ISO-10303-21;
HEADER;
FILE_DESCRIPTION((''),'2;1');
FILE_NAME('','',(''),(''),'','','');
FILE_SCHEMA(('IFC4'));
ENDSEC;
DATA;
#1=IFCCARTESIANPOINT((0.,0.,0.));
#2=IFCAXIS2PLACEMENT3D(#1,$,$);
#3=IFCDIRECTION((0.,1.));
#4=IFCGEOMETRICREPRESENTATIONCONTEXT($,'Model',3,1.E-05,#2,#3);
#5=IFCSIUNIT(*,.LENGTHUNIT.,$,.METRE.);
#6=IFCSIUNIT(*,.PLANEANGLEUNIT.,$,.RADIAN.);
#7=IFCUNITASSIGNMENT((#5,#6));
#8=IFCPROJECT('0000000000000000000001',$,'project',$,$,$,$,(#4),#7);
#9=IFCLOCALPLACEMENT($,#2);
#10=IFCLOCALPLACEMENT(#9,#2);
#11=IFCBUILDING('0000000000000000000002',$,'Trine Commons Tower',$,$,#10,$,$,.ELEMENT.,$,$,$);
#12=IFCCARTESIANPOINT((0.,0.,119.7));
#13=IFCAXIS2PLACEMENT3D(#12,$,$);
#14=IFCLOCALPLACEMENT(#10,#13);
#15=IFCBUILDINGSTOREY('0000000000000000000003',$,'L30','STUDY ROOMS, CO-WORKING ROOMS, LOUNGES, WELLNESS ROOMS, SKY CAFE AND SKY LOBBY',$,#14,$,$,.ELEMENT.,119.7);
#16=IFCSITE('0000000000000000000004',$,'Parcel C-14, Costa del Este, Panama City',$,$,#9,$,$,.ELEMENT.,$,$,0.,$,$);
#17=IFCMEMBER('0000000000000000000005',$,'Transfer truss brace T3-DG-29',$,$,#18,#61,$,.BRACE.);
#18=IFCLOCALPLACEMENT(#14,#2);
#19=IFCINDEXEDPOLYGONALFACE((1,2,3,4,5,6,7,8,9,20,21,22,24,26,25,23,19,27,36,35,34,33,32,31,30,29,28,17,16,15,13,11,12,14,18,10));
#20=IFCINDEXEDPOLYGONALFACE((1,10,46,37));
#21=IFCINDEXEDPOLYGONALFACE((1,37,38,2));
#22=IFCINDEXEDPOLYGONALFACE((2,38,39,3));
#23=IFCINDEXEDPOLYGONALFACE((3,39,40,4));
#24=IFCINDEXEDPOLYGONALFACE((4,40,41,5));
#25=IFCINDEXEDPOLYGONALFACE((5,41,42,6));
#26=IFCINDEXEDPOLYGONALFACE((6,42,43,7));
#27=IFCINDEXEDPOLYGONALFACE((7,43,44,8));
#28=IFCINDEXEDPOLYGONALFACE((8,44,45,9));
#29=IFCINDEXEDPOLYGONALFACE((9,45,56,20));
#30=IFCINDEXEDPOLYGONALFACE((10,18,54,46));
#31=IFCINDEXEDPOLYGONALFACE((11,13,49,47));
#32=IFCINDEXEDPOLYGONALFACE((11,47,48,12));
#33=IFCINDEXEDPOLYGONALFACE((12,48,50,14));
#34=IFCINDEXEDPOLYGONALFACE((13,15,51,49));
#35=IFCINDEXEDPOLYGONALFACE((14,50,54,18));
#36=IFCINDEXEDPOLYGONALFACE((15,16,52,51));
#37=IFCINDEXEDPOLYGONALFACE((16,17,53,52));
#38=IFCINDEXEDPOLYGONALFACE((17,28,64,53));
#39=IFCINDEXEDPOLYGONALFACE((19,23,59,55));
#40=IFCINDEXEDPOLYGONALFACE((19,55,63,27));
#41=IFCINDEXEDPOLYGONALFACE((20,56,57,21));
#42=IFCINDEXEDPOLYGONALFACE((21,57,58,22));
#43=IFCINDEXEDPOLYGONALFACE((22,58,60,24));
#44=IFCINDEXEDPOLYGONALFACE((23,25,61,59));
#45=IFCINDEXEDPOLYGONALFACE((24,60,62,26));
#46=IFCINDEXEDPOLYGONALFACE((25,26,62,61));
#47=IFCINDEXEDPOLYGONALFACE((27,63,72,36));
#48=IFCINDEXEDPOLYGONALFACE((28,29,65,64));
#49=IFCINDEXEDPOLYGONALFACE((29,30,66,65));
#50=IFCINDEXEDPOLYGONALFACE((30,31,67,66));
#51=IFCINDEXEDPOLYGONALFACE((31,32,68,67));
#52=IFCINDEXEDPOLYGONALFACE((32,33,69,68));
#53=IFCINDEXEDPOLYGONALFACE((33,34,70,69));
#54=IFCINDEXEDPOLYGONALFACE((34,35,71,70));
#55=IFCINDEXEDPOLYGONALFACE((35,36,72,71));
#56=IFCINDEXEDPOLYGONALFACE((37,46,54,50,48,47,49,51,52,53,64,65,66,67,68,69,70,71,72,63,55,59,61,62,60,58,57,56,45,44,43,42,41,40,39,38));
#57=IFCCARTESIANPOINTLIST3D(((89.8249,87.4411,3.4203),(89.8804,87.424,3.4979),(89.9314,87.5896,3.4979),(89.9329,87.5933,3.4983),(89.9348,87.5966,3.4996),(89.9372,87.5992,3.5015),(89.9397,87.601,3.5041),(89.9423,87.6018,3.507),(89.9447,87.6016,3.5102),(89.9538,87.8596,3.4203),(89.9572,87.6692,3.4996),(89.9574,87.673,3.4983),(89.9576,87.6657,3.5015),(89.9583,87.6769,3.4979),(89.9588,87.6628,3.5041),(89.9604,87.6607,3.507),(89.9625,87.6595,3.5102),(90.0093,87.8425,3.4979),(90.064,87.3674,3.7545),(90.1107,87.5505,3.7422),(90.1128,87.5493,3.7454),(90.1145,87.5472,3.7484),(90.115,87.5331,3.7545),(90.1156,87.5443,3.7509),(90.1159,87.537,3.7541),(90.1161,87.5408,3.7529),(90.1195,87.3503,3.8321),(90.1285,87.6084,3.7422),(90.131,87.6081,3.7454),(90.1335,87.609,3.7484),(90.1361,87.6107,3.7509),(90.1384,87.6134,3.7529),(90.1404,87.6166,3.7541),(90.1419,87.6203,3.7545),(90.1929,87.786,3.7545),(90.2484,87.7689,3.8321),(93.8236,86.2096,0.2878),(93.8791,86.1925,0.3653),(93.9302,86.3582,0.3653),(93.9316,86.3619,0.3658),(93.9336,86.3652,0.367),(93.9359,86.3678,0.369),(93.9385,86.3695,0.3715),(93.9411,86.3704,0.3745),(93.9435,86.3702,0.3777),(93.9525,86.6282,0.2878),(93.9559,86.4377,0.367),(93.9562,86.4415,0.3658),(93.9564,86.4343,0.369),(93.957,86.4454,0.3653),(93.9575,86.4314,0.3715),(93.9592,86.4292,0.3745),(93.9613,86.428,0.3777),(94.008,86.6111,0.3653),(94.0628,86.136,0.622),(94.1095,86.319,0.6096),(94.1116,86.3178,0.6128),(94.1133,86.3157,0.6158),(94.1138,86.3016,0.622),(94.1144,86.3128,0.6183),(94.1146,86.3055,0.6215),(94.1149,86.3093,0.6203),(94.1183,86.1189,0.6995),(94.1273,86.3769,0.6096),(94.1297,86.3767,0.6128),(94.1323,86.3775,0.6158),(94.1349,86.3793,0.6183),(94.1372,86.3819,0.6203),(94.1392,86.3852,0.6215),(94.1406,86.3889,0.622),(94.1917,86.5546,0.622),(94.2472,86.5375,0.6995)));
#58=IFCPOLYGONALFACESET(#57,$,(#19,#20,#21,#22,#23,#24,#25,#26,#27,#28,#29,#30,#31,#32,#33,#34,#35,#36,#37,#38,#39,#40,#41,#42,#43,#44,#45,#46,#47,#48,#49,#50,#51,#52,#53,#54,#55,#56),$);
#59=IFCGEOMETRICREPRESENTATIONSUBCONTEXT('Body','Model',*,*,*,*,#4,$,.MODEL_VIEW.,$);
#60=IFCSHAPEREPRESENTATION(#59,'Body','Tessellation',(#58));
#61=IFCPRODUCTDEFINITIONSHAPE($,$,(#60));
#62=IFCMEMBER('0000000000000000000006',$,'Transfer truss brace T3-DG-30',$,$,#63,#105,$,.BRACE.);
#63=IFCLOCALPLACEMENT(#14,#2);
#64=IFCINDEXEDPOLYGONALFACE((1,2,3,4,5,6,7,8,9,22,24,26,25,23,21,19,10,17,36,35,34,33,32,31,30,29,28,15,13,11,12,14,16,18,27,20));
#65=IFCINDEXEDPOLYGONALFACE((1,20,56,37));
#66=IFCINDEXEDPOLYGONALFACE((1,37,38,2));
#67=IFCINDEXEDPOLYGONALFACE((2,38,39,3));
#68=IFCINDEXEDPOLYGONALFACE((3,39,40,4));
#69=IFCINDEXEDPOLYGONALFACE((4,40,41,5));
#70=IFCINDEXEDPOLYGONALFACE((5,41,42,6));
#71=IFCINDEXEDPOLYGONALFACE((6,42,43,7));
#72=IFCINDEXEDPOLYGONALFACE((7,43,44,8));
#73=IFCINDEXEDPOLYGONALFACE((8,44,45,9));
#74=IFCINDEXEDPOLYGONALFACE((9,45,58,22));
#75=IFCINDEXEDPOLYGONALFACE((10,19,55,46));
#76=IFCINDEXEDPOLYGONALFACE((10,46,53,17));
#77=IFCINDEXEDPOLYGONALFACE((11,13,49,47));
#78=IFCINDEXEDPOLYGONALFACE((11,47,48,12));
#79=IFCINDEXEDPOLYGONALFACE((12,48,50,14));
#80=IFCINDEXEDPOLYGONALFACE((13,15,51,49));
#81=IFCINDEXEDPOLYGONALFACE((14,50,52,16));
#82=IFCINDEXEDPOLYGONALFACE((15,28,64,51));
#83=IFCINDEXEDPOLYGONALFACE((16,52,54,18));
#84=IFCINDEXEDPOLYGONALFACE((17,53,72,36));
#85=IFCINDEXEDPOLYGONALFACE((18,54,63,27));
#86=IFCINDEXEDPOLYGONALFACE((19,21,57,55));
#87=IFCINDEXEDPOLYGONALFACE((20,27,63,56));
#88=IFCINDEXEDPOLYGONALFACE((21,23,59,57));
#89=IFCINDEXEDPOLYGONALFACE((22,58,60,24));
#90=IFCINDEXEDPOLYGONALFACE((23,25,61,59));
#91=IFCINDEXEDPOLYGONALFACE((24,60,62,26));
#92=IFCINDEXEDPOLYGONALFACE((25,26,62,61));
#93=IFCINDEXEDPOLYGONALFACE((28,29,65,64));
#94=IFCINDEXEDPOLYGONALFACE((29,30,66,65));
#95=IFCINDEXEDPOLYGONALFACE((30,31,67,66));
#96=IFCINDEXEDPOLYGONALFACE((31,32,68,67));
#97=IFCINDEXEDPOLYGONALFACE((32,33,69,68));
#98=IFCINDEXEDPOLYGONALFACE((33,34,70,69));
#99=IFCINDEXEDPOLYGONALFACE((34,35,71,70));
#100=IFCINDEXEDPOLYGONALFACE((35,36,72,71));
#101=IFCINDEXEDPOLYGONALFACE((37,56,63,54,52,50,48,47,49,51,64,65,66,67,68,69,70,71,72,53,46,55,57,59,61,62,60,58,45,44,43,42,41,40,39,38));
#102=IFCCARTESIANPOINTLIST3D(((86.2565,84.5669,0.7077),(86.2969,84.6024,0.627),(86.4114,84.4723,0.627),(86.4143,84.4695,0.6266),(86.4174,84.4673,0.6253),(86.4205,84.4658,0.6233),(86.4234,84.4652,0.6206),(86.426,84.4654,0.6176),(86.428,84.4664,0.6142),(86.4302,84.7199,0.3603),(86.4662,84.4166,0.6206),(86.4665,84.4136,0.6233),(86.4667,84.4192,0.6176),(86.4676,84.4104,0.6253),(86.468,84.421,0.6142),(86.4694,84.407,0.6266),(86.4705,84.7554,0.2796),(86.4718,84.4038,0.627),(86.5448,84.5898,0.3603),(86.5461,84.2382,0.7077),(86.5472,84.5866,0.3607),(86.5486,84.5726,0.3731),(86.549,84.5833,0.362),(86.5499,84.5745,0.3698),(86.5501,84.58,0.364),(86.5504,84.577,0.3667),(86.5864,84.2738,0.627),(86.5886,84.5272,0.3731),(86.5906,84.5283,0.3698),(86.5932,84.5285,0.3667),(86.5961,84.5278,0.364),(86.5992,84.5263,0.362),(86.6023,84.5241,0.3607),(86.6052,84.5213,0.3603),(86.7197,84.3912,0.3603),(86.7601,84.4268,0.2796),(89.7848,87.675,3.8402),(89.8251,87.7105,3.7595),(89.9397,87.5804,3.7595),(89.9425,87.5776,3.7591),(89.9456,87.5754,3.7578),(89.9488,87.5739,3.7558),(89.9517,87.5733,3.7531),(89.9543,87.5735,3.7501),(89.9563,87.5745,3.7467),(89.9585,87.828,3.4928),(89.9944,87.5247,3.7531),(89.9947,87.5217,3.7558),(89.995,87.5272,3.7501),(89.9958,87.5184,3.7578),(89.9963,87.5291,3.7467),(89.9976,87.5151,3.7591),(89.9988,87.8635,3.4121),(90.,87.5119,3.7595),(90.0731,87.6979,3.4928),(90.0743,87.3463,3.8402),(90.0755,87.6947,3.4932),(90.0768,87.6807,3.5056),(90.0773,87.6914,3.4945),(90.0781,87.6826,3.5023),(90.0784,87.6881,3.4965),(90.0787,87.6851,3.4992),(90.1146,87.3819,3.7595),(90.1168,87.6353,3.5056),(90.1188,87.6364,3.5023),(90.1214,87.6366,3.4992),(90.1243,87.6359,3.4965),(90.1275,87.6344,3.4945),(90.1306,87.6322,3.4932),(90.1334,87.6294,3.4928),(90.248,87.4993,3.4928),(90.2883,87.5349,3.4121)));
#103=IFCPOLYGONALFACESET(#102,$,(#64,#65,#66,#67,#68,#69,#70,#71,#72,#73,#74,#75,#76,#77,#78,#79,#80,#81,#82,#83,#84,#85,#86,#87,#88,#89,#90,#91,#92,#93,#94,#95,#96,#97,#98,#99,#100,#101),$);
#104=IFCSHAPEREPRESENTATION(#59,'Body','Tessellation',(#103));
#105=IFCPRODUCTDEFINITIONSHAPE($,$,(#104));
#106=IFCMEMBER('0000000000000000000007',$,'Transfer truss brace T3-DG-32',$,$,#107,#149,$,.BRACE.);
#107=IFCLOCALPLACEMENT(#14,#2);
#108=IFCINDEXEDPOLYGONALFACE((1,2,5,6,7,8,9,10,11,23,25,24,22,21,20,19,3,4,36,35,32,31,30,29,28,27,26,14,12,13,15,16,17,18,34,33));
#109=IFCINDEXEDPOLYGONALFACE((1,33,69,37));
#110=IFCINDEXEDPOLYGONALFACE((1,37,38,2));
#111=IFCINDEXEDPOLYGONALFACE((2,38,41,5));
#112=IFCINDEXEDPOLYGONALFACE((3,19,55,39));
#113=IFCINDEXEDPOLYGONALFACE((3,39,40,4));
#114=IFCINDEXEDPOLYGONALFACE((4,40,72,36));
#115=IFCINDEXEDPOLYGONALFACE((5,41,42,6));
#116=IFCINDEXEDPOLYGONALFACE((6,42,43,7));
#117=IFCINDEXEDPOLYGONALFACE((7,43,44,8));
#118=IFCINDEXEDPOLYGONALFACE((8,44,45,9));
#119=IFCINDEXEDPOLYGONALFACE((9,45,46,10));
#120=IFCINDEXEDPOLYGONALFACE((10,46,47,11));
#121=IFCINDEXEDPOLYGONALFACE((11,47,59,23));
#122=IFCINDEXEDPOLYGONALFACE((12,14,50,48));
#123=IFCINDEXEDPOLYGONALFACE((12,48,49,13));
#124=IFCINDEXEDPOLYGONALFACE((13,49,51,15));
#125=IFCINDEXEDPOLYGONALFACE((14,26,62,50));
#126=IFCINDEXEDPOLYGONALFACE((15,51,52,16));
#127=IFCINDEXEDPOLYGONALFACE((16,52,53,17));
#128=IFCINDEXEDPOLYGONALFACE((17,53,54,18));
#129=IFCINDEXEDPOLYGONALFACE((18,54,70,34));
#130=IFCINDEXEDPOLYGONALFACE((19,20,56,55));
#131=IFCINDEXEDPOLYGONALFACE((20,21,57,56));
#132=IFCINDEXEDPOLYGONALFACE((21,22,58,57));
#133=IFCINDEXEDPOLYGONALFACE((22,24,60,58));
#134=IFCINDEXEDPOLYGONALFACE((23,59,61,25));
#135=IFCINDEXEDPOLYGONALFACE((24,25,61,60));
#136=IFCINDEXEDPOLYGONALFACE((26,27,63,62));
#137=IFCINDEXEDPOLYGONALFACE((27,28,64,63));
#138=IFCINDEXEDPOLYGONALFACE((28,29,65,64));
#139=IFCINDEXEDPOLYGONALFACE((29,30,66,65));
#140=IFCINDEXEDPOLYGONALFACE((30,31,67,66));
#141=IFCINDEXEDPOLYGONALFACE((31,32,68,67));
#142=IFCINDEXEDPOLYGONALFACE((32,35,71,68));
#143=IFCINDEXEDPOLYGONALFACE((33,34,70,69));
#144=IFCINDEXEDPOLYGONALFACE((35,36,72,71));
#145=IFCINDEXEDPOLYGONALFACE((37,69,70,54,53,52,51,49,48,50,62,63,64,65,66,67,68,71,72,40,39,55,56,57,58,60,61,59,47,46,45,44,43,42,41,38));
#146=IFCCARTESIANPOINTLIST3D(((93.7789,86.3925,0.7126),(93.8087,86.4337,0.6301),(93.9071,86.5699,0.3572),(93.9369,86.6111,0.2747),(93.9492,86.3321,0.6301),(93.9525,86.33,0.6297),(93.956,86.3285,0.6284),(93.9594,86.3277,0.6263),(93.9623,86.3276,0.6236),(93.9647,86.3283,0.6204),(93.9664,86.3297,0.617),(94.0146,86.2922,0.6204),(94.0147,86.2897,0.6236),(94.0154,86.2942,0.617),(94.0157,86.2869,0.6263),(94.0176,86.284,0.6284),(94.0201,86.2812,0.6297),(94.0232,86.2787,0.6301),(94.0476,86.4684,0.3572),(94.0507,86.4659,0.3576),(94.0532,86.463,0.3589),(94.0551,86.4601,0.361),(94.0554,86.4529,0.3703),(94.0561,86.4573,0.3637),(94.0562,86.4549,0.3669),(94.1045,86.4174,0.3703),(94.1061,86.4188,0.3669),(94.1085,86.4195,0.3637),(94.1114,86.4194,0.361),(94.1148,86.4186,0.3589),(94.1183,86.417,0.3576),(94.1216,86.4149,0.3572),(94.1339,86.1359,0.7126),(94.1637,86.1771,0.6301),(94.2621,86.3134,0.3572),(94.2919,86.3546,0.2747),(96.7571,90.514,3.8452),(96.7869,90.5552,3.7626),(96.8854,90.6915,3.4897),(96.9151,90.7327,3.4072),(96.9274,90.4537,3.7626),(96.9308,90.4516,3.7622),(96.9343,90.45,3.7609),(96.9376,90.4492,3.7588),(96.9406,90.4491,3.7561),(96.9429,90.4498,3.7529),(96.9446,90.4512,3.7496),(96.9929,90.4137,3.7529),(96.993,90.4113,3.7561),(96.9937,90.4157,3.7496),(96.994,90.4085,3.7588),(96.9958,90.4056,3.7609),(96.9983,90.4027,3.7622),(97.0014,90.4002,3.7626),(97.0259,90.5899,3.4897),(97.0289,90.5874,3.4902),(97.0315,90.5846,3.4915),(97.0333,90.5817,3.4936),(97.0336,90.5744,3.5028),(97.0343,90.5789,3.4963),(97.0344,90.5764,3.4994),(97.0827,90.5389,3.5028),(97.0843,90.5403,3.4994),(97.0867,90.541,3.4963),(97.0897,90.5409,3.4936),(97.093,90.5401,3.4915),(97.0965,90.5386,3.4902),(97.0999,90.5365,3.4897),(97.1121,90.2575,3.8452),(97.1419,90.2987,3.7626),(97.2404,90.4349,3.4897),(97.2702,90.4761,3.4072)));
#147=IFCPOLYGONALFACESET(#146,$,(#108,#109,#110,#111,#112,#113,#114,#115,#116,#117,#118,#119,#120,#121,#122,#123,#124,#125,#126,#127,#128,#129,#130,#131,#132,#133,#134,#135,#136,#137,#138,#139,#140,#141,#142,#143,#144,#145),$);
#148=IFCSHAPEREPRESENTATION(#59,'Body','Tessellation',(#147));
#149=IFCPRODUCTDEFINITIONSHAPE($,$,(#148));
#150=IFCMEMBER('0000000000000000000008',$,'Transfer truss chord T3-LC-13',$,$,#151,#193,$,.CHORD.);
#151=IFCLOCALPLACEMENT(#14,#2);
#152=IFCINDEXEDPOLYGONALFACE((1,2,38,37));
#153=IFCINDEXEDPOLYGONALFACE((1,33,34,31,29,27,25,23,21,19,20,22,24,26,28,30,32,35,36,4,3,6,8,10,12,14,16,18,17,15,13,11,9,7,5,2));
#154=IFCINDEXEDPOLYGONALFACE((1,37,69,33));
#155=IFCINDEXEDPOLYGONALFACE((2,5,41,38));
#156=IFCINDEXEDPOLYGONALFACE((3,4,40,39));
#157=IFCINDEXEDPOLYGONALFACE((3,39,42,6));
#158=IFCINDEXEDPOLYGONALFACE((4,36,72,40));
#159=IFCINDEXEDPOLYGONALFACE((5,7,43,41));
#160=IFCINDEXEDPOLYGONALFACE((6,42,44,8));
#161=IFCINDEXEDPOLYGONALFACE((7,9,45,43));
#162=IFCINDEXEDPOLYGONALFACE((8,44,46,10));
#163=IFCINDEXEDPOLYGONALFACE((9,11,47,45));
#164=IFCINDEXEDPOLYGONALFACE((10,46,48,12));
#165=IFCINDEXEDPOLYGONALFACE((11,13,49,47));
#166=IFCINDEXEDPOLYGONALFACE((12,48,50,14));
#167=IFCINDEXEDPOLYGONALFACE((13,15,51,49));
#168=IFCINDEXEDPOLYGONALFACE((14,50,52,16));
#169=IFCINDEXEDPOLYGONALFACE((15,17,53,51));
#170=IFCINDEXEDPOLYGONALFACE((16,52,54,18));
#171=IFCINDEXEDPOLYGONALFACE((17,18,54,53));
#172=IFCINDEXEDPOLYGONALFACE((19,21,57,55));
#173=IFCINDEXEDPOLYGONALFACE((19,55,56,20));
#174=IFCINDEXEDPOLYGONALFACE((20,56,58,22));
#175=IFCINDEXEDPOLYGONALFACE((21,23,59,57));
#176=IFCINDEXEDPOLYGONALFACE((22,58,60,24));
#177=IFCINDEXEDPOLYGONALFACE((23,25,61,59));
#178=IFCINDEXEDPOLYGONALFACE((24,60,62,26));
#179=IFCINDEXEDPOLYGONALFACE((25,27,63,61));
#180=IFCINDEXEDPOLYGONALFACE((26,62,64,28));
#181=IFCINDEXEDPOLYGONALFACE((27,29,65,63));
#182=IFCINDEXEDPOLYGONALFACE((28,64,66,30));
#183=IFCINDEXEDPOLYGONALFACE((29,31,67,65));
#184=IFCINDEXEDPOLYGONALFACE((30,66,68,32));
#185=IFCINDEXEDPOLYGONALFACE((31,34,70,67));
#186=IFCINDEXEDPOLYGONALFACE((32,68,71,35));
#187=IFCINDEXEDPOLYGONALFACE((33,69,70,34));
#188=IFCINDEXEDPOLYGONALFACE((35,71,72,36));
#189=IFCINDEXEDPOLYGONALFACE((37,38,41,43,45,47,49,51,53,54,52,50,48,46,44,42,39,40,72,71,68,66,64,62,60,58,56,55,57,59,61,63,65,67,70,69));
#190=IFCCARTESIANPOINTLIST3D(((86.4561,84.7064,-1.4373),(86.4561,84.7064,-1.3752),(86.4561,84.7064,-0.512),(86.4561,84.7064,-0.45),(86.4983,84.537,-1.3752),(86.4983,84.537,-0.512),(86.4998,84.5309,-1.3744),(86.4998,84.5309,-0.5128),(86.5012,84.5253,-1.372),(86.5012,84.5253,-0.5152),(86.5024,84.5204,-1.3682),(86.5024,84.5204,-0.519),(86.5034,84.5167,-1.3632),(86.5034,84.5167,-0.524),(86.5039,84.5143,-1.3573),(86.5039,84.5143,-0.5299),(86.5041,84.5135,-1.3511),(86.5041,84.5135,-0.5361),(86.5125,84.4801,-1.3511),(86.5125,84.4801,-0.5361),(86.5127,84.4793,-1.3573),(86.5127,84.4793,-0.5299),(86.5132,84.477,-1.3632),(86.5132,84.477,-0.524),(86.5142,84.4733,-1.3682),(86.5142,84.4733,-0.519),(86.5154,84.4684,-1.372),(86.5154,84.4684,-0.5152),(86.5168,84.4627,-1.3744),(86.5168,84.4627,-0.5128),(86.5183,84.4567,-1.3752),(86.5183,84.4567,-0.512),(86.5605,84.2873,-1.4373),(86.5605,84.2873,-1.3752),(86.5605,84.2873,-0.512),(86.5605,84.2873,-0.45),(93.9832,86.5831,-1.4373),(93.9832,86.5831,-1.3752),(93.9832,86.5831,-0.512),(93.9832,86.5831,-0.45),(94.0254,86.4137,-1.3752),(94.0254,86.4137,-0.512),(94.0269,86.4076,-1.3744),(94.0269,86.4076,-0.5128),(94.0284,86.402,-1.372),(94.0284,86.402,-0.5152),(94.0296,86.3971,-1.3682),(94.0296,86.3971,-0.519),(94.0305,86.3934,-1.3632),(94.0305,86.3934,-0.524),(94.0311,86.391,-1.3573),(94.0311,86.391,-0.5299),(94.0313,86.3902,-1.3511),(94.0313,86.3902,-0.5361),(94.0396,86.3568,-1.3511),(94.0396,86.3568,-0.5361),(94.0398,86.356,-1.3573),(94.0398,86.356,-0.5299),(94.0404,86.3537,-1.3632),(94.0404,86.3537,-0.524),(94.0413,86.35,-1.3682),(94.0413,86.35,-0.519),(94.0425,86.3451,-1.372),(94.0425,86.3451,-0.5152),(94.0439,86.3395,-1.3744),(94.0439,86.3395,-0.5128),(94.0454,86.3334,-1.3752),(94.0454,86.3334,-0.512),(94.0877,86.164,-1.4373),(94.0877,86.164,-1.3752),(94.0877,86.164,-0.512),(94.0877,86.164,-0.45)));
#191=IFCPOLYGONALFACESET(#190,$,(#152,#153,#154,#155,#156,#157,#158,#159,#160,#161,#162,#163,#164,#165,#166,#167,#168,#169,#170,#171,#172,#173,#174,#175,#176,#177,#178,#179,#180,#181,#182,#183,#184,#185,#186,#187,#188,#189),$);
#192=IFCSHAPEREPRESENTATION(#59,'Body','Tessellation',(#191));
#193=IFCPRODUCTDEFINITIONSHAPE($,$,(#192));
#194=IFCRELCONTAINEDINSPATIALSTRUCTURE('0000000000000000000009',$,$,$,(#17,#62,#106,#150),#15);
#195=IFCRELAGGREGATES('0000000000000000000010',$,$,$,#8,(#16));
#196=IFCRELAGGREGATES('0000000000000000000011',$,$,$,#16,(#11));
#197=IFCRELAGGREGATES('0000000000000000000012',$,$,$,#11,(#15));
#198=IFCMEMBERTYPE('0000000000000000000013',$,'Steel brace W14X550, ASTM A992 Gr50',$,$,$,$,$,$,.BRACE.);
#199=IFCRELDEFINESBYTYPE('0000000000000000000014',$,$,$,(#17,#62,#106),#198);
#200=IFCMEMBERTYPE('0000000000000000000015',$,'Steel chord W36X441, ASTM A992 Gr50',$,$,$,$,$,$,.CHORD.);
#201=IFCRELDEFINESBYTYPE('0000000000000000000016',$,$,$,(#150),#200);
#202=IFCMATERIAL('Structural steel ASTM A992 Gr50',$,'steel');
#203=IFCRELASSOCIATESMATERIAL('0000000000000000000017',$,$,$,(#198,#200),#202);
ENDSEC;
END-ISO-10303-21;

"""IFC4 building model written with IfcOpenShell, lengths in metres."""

from ifc_helpers import new_model, si_unit, direction, frame, origin, origin_2d, place, context, subcontext, project, spatial, i_section, extrude, material, material_profile, profile_set, type_object, element, save


model = new_model("IFC4")

# Units and contexts
model_context = context("Model", 3, precision=1e-05, world=origin(), true_north=direction((0.0, 1.0)))
body_context = subcontext(model_context, "Body", "Model", "MODEL_VIEW")
ifc_project = project(units=[si_unit("LENGTHUNIT", "METRE"), si_unit("PLANEANGLEUNIT", "RADIAN")], contexts=[model_context])

# Site, building, storey
site_placement = place(None, origin())
site = spatial("IfcSite", under=ifc_project, at=site_placement, Name="Parcel C-14, Costa del Este, Panama City", CompositionType="ELEMENT", RefElevation=0.0)
building_placement = place(site_placement, origin())
building = spatial("IfcBuilding", under=site, at=building_placement, Name="Trine Commons Tower", CompositionType="ELEMENT")
storey_placement = place(building_placement, frame((0.0, 0.0, 119.7)))
storey = spatial("IfcBuildingStorey", under=building, at=storey_placement, Name="L30", Description="STUDY ROOMS, CO-WORKING ROOMS, LOUNGES, WELLNESS ROOMS, SKY CAFE AND SKY LOBBY", CompositionType="ELEMENT", Elevation=119.7)

# Shared definitions
ifc_material_1 = material(Name="Structural steel ASTM A992 Gr50", Category="steel")

# Members
ifc_material_profile_1 = material_profile(ifc_material_1, i_section(OverallWidth=0.438, OverallDepth=0.5144, WebThickness=0.0605, FlangeThickness=0.0969, FilletRadius=0.0154, at=origin_2d()), Name="W14X550")
ifc_profile_set_1 = profile_set([ifc_material_profile_1], Name="Structural steel ASTM A992 Gr50")
member_type_1 = type_object("IfcMemberType", Name="Steel brace W14X550, ASTM A992 Gr50", PredefinedType="BRACE", material=ifc_profile_set_1)
member_1_placement = place(storey_placement, frame((94.0354, 86.3735, 0.4937), z_axis=(-0.76505, 0.235601, 0.599326), x_axis=(-0.294315, -0.955708, 0.0)))
element("IfcMember", 1, at=member_1_placement, inside=storey, type_object=member_type_1, Name="Transfer truss brace T3-DG-29", PredefinedType="BRACE", context=body_context, shape_type="SweptSolid", body=[
    extrude(i_section(OverallWidth=0.438, OverallDepth=0.5144, WebThickness=0.0605, FlangeThickness=0.0969, FilletRadius=0.0154, at=origin_2d()), origin(), (0.0, 0.0, 1.0), 5.2268),
])
member_2_placement = place(storey_placement, frame((86.5083, 84.4968, 0.4937), z_axis=(0.62448, 0.550114, 0.554436), x_axis=(-0.661015, 0.750372, 0.0)))
element("IfcMember", 2, at=member_2_placement, inside=storey, type_object=member_type_1, Name="Transfer truss brace T3-DG-30", PredefinedType="BRACE", context=body_context, shape_type="SweptSolid", body=[
    extrude(i_section(OverallWidth=0.438, OverallDepth=0.5144, WebThickness=0.0605, FlangeThickness=0.0969, FilletRadius=0.0154, at=origin_2d()), origin(), (0.0, 0.0, 1.0), 5.6499),
])
member_3_placement = place(storey_placement, frame((94.0354, 86.3735, 0.4937), z_axis=(0.498666, 0.690096, 0.5245), x_axis=(-0.810532, 0.585694, 0.0)))
element("IfcMember", 3, at=member_3_placement, inside=storey, type_object=member_type_1, Name="Transfer truss brace T3-DG-32", PredefinedType="BRACE", context=body_context, shape_type="SweptSolid", body=[
    extrude(i_section(OverallWidth=0.438, OverallDepth=0.5144, WebThickness=0.0605, FlangeThickness=0.0969, FilletRadius=0.0154, at=origin_2d()), origin(), (0.0, 0.0, 1.0), 5.9724),
])
ifc_material_profile_2 = material_profile(ifc_material_1, i_section(OverallWidth=0.4319, OverallDepth=0.9873, WebThickness=0.0344, FlangeThickness=0.062, FilletRadius=0.0242, at=origin_2d()), Name="W36X441")
ifc_profile_set_2 = profile_set([ifc_material_profile_2], Name="Structural steel ASTM A992 Gr50")
member_type_2 = type_object("IfcMemberType", Name="Steel chord W36X441, ASTM A992 Gr50", PredefinedType="CHORD", material=ifc_profile_set_2)
member_4_placement = place(storey_placement, frame((86.5083, 84.4968, -0.9436), z_axis=(0.970296, 0.241921, 0.0), x_axis=(-0.241921, 0.970296, 0.0)))
element("IfcMember", 4, at=member_4_placement, inside=storey, type_object=member_type_2, Name="Transfer truss chord T3-LC-13", PredefinedType="CHORD", context=body_context, shape_type="SweptSolid", body=[
    extrude(i_section(OverallWidth=0.4319, OverallDepth=0.9873, WebThickness=0.0344, FlangeThickness=0.062, FilletRadius=0.0242, at=origin_2d()), origin(), (0.0, 0.0, 1.0), 7.7576),
])

save(model, "model.ifc")
